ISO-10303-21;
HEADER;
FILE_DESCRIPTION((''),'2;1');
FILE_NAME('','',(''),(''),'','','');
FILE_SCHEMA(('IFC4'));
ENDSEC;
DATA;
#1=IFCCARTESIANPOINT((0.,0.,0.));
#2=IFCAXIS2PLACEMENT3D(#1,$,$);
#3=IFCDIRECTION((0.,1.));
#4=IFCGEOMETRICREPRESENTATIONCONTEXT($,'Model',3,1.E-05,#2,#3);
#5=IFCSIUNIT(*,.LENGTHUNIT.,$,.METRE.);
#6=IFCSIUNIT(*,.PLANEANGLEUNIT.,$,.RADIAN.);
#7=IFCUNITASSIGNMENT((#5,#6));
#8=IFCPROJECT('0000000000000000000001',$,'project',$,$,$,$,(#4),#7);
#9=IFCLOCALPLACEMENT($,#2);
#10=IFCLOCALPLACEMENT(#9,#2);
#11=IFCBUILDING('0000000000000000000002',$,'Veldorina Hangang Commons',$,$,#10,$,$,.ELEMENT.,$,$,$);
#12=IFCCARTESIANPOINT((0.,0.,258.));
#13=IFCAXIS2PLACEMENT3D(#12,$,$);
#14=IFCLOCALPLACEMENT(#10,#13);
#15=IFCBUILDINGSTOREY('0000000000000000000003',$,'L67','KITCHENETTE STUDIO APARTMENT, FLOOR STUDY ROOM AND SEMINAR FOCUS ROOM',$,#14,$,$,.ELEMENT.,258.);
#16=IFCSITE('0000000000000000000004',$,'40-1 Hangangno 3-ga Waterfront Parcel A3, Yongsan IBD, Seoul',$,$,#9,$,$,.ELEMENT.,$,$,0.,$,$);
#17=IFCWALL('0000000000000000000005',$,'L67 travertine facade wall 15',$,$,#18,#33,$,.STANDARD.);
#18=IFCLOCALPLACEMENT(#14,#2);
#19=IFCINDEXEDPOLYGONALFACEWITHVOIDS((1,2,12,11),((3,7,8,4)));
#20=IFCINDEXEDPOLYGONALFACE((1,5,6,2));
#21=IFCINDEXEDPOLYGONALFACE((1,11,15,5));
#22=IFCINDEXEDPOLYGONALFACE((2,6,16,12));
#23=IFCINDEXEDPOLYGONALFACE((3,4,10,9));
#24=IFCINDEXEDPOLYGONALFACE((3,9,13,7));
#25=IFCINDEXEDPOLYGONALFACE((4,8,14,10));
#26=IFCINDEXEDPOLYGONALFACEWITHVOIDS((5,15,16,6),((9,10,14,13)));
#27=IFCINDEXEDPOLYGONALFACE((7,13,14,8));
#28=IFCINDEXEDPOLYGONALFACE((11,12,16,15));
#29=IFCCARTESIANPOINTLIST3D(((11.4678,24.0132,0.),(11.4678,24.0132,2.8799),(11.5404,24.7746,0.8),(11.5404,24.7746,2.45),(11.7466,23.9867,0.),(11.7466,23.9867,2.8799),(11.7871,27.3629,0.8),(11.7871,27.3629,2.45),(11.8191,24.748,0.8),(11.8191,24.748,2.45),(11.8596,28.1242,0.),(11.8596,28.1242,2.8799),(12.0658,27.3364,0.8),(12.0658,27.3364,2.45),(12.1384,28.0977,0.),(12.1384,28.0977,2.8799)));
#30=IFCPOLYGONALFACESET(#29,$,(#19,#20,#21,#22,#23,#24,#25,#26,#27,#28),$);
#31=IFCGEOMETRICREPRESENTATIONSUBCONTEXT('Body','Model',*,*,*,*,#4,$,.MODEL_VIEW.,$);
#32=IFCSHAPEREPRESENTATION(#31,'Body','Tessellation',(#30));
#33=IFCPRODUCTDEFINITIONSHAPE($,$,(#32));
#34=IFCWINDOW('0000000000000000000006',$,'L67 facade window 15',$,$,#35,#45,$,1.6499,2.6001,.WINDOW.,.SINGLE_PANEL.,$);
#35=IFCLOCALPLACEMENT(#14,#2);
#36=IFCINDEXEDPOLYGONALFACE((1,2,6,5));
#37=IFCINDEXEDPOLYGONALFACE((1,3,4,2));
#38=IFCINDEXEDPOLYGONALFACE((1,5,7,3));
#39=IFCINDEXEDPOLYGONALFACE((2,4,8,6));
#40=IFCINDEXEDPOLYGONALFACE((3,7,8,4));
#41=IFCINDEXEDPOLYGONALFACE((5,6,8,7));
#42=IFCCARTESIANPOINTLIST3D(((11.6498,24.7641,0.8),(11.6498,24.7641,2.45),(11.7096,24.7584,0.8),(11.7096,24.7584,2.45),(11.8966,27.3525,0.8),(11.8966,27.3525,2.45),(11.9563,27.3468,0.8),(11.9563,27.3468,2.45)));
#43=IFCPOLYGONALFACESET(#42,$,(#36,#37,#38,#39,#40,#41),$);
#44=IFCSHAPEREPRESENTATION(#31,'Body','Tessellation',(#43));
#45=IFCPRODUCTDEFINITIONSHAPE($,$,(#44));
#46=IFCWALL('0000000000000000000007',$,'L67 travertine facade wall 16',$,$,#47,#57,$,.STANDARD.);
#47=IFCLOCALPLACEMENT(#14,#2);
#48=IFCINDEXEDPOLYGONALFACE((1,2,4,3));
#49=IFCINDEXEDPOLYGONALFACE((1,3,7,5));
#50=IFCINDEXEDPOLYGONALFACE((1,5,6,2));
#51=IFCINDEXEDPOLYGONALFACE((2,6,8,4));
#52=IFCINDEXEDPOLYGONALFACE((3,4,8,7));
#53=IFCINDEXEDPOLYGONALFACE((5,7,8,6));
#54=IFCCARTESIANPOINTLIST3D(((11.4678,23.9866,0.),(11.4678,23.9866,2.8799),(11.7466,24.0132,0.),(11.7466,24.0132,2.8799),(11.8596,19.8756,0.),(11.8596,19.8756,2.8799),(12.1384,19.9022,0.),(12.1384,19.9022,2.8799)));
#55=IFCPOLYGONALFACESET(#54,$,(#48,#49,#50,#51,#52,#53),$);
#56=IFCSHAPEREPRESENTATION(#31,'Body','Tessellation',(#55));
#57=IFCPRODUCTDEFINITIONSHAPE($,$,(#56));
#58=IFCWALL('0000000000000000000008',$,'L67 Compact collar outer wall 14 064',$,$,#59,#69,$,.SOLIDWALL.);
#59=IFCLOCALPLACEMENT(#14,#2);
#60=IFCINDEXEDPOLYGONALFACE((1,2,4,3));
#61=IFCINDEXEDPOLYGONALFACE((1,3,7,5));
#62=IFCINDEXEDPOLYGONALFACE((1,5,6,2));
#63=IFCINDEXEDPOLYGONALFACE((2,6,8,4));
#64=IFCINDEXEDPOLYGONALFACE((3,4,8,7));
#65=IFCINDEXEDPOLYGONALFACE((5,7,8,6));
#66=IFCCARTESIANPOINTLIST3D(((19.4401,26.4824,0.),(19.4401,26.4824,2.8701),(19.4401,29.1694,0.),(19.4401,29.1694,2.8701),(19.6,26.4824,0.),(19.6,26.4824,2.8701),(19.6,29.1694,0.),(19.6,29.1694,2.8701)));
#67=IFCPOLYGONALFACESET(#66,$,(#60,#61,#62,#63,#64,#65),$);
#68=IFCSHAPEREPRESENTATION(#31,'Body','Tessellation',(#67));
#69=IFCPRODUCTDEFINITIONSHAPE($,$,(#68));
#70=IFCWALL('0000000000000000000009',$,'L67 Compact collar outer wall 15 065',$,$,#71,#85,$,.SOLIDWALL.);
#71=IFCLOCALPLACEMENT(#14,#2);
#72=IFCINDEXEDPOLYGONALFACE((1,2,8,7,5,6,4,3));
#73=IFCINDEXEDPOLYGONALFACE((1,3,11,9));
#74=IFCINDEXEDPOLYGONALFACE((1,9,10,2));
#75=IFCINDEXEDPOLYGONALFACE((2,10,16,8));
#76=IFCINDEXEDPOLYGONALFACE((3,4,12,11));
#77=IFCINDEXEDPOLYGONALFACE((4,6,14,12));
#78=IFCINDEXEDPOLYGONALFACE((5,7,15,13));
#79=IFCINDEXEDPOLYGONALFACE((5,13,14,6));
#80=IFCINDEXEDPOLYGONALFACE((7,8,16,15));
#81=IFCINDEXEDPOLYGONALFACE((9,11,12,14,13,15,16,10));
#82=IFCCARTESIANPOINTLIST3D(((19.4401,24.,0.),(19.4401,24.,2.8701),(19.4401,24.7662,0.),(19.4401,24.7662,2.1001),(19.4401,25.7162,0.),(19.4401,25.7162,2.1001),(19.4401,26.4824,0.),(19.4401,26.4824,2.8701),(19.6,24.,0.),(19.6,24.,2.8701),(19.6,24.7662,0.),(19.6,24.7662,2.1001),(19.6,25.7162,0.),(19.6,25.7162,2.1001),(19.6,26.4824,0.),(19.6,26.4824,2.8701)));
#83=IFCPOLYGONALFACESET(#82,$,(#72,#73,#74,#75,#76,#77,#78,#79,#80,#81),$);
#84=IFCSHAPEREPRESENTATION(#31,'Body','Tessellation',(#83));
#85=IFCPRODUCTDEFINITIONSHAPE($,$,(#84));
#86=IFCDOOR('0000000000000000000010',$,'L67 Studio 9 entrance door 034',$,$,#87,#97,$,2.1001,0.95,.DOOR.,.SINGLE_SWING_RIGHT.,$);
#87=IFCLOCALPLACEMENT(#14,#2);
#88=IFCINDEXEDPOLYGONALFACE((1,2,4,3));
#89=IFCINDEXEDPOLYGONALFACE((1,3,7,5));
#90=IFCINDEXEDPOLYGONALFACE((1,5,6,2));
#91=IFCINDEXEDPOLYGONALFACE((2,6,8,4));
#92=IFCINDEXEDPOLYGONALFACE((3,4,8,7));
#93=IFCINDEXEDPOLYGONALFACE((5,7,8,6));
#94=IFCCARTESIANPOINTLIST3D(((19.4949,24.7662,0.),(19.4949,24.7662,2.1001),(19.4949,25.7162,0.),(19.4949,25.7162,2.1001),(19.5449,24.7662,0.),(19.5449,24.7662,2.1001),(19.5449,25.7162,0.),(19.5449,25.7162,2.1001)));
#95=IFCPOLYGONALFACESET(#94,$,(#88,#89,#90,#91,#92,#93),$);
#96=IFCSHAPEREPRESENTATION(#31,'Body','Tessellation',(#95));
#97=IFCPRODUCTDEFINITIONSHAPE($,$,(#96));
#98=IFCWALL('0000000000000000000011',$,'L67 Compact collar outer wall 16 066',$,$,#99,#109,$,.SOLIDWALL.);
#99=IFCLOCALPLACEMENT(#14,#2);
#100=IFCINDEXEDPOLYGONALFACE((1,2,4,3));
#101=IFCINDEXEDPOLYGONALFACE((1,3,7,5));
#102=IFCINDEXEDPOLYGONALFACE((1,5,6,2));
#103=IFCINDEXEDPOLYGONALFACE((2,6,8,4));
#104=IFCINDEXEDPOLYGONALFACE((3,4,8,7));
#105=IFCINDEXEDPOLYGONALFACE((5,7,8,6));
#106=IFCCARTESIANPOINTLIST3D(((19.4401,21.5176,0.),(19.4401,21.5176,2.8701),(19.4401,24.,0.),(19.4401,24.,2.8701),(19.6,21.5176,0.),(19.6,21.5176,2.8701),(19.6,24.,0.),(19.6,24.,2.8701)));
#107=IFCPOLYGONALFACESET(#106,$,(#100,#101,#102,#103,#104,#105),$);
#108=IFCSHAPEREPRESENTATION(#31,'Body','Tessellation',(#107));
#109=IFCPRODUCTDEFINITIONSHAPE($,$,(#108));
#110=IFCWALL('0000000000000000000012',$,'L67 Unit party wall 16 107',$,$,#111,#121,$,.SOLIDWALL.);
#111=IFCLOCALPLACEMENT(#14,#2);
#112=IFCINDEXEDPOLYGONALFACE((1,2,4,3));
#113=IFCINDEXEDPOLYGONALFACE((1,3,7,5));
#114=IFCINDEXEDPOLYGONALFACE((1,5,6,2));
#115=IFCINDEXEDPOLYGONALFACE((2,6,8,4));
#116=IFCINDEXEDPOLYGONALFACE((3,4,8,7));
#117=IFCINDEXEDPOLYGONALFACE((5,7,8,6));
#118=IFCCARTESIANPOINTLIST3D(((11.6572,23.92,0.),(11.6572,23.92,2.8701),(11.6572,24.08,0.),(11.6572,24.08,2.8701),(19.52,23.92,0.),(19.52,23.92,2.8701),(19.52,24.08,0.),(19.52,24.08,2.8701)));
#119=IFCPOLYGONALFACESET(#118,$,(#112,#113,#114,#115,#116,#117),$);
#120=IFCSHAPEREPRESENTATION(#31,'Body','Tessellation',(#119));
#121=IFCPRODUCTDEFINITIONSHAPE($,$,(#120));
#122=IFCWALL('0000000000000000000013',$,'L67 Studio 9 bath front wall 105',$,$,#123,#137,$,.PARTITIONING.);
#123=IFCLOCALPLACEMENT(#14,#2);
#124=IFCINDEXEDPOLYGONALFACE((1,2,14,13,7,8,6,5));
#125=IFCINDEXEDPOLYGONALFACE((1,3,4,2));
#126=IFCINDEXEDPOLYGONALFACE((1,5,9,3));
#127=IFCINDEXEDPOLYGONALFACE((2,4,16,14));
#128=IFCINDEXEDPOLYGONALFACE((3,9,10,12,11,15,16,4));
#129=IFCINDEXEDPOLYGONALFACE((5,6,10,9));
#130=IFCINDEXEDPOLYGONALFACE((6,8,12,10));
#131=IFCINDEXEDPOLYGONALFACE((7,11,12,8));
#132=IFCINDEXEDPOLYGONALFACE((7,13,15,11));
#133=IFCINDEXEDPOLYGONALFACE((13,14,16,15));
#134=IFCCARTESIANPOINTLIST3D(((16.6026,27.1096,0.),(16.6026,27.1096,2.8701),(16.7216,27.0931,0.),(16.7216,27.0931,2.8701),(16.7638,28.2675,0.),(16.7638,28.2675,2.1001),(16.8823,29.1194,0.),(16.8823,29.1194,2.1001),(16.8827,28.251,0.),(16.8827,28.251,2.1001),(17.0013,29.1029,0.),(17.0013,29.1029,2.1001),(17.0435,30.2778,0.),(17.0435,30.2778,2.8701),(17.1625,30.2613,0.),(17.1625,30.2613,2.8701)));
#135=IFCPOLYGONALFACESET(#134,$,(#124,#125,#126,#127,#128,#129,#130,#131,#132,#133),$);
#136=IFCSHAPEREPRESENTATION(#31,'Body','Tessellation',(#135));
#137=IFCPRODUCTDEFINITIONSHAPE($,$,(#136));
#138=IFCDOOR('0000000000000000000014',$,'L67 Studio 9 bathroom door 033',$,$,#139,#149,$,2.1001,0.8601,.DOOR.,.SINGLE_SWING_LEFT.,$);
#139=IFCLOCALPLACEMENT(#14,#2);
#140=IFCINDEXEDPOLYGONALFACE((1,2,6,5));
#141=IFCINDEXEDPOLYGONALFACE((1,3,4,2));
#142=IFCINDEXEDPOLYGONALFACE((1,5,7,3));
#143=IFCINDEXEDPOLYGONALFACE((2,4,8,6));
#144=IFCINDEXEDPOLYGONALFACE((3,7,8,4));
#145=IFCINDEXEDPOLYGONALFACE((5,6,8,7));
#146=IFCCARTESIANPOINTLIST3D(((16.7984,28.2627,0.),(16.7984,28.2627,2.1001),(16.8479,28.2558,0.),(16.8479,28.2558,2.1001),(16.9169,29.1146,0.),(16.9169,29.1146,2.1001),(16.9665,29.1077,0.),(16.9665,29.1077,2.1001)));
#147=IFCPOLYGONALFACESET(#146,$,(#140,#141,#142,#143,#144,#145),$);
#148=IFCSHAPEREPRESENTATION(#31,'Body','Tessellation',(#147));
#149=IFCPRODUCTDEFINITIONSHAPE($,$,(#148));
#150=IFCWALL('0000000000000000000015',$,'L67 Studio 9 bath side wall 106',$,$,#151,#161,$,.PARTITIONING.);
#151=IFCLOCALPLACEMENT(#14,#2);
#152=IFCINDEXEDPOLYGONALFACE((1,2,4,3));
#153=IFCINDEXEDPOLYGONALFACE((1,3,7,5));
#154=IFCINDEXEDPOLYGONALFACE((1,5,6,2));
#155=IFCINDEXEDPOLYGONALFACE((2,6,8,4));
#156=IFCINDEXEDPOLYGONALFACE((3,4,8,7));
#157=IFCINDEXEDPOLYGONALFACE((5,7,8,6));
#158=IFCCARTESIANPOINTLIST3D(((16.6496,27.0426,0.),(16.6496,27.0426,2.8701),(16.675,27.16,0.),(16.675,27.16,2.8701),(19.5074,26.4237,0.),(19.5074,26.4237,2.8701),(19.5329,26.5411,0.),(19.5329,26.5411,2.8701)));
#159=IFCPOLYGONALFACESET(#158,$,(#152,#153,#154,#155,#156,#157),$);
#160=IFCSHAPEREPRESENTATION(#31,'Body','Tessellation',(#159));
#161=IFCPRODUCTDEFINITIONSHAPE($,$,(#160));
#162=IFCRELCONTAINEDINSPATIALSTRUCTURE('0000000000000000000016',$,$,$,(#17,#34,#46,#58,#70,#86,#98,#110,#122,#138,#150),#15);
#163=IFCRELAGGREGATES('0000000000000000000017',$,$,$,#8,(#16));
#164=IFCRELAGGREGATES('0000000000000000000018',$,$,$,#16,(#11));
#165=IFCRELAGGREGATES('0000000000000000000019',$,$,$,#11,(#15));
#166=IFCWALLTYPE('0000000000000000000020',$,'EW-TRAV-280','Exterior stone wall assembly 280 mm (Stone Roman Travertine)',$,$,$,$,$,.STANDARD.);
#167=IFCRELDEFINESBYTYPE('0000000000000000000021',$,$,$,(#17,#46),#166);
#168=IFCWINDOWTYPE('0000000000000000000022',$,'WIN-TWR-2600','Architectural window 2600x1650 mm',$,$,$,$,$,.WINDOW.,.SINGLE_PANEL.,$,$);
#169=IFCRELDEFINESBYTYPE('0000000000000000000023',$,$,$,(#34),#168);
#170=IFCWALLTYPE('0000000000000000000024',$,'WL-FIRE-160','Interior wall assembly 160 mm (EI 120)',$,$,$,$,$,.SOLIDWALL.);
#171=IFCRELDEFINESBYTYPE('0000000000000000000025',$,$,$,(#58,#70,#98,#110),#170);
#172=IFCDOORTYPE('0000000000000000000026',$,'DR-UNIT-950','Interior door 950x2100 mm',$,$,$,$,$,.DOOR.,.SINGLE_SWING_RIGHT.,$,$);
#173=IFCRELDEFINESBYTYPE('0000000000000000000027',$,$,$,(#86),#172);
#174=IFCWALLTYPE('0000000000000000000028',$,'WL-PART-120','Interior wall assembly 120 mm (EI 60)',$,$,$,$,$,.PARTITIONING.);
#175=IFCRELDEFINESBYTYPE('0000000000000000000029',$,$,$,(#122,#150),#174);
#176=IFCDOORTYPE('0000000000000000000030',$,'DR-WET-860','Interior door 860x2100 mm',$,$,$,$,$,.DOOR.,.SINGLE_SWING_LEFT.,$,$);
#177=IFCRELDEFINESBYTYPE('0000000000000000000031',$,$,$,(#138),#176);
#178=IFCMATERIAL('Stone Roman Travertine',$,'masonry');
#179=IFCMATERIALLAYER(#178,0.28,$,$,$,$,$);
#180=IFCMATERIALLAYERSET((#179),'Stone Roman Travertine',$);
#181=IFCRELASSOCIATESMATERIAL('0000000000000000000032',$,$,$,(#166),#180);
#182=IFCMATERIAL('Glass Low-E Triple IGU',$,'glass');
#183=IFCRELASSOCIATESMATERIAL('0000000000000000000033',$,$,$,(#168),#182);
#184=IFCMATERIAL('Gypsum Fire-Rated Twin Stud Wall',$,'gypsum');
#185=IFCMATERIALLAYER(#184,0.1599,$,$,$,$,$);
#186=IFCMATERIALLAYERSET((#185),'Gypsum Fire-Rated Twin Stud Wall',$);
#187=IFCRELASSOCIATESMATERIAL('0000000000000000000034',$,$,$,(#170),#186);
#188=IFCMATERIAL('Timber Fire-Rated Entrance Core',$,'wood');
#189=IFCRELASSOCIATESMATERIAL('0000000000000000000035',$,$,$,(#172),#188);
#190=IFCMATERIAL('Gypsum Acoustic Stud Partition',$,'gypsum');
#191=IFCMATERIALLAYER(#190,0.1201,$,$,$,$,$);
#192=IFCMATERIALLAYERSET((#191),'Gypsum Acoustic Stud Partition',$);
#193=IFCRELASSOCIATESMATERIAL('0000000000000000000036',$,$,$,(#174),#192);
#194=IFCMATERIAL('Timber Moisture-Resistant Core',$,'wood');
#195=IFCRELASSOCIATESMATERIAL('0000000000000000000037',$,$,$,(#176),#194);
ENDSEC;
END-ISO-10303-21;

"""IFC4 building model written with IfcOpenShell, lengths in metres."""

from ifc_helpers import new_model, si_unit, direction, frame, frame_2d, origin, place, context, subcontext, project, spatial, rectangle, extrude, material, layer, layer_set, type_object, element, fill, save


model = new_model("IFC4")

# Units and contexts
model_context = context("Model", 3, precision=1e-05, world=origin(), true_north=direction((0.0, 1.0)))
body_context = subcontext(model_context, "Body", "Model", "MODEL_VIEW")
ifc_project = project(units=[si_unit("LENGTHUNIT", "METRE"), si_unit("PLANEANGLEUNIT", "RADIAN")], contexts=[model_context])

# Site, building, storey
site_placement = place(None, origin())
site = spatial("IfcSite", under=ifc_project, at=site_placement, Name="40-1 Hangangno 3-ga Waterfront Parcel A3, Yongsan IBD, Seoul", CompositionType="ELEMENT", RefElevation=0.0)
building_placement = place(site_placement, origin())
building = spatial("IfcBuilding", under=site, at=building_placement, Name="Veldorina Hangang Commons", CompositionType="ELEMENT")
storey_placement = place(building_placement, frame((0.0, 0.0, 258.0)))
storey = spatial("IfcBuildingStorey", under=building, at=storey_placement, Name="L67", Description="KITCHENETTE STUDIO APARTMENT, FLOOR STUDY ROOM AND SEMINAR FOCUS ROOM", CompositionType="ELEMENT", Elevation=258.0)

# Shared definitions
ifc_material_1 = material(Name="Stone Roman Travertine", Category="masonry")
ifc_layer_1 = layer(ifc_material_1, 0.28)
ifc_layer_set_1 = layer_set([ifc_layer_1], Name="Stone Roman Travertine")
wall_type_1 = type_object("IfcWallType", Name="EW-TRAV-280", Description="Exterior stone wall assembly 280 mm (Stone Roman Travertine)", PredefinedType="STANDARD", material=ifc_layer_set_1)

# Wall, opening, window
wall_1_placement = place(storey_placement, frame((11.999, 28.1111, 0.0), z_axis=(0.0, 0.0, 1.0), x_axis=(-0.094884, -0.995488, 0.0)))
wall_1 = element("IfcWall", 1, at=wall_1_placement, inside=storey, type_object=wall_type_1, Name="L67 travertine facade wall 15", PredefinedType="STANDARD", context=body_context, shape_type="SweptSolid", body=[
    extrude(rectangle(XDim=4.1296, YDim=0.28, at=frame_2d((2.0649, 0.0))), origin(), (0.0, 0.0, 1.0), 2.8799),
])
opening_1_placement = place(wall_1_placement, frame((0.7649, 0.0, 0.8)))
opening_1 = element("IfcOpeningElement", 2, at=opening_1_placement, cuts=wall_1, PredefinedType="OPENING", context=body_context, shape_type="SweptSolid", body=[
    extrude(rectangle(XDim=2.6001, YDim=1.6499, at=frame_2d((1.3, 0.825))), frame((0.0, 0.1499, 0.0), z_axis=(0.0, -1.0, 0.0), x_axis=(1.0, 0.0, 0.0)), (0.0, 0.0, 1.0), 0.3),
])
ifc_material_2 = material(Name="Glass Low-E Triple IGU", Category="glass")
window_type = type_object("IfcWindowType", Name="WIN-TWR-2600", Description="Architectural window 2600x1650 mm", PartitioningType="SINGLE_PANEL", PredefinedType="WINDOW", material=ifc_material_2)
window_placement = place(opening_1_placement, origin())
window = element("IfcWindow", 3, at=window_placement, inside=storey, type_object=window_type, Name="L67 facade window 15", OverallHeight=1.6499, OverallWidth=2.6001, PartitioningType="SINGLE_PANEL", PredefinedType="WINDOW", context=body_context, shape_type="SweptSolid", body=[
    extrude(rectangle(XDim=2.6001, YDim=1.6499, at=frame_2d((1.3, 0.825))), frame((0.0, 0.03, 0.0), z_axis=(0.0, -1.0, 0.0), x_axis=(1.0, 0.0, 0.0)), (0.0, 0.0, 1.0), 0.0601),
])
fill(opening_1, window)

# Walls
wall_2_placement = place(storey_placement, frame((11.6072, 24.0, 0.0), z_axis=(0.0, 0.0, 1.0), x_axis=(0.094884, -0.995488, 0.0)))
element("IfcWall", 4, at=wall_2_placement, inside=storey, type_object=wall_type_1, Name="L67 travertine facade wall 16", PredefinedType="STANDARD", context=body_context, shape_type="SweptSolid", body=[
    extrude(rectangle(XDim=4.1296, YDim=0.28, at=frame_2d((2.0649, 0.0))), origin(), (0.0, 0.0, 1.0), 2.8799),
])
ifc_material_3 = material(Name="Gypsum Fire-Rated Twin Stud Wall", Category="gypsum")
ifc_layer_2 = layer(ifc_material_3, 0.1599)
ifc_layer_set_2 = layer_set([ifc_layer_2], Name="Gypsum Fire-Rated Twin Stud Wall")
wall_type_2 = type_object("IfcWallType", Name="WL-FIRE-160", Description="Interior wall assembly 160 mm (EI 120)", PredefinedType="SOLIDWALL", material=ifc_layer_set_2)
wall_3_placement = place(storey_placement, frame((19.52, 29.1694, 0.0), z_axis=(0.0, 0.0, 1.0), x_axis=(0.0, -1.0, 0.0)))
element("IfcWall", 5, at=wall_3_placement, inside=storey, type_object=wall_type_2, Name="L67 Compact collar outer wall 14 064", PredefinedType="SOLIDWALL", context=body_context, shape_type="SweptSolid", body=[
    extrude(rectangle(XDim=2.687, YDim=0.1599, at=frame_2d((1.3435, 0.0))), origin(), (0.0, 0.0, 1.0), 2.8701),
])

# Wall, opening, door
wall_4_placement = place(storey_placement, frame((19.52, 26.4824, 0.0), z_axis=(0.0, 0.0, 1.0), x_axis=(0.0, -1.0, 0.0)))
wall_4 = element("IfcWall", 6, at=wall_4_placement, inside=storey, type_object=wall_type_2, Name="L67 Compact collar outer wall 15 065", PredefinedType="SOLIDWALL", context=body_context, shape_type="SweptSolid", body=[
    extrude(rectangle(XDim=2.4824, YDim=0.1599, at=frame_2d((1.2412, 0.0))), origin(), (0.0, 0.0, 1.0), 2.8701),
])
opening_2_placement = place(wall_4_placement, frame((0.7661, 0.0, 0.0)))
opening_2 = element("IfcOpeningElement", 7, at=opening_2_placement, cuts=wall_4, PredefinedType="OPENING", context=body_context, shape_type="SweptSolid", body=[
    extrude(rectangle(XDim=0.95, YDim=2.1001, at=frame_2d((0.4751, 1.05))), frame((0.0, 0.0898, 0.0), z_axis=(0.0, -1.0, 0.0), x_axis=(1.0, 0.0, 0.0)), (0.0, 0.0, 1.0), 0.1799),
])
ifc_material_4 = material(Name="Timber Fire-Rated Entrance Core", Category="wood")
door_type_1 = type_object("IfcDoorType", Name="DR-UNIT-950", Description="Interior door 950x2100 mm", OperationType="SINGLE_SWING_RIGHT", PredefinedType="DOOR", material=ifc_material_4)
door_1_placement = place(opening_2_placement, origin())
door_1 = element("IfcDoor", 8, at=door_1_placement, inside=storey, type_object=door_type_1, Name="L67 Studio 9 entrance door 034", OperationType="SINGLE_SWING_RIGHT", OverallHeight=2.1001, OverallWidth=0.95, PredefinedType="DOOR", context=body_context, shape_type="SweptSolid", body=[
    extrude(rectangle(XDim=0.95, YDim=2.1001, at=frame_2d((0.4751, 1.05))), frame((0.0, 0.0249, 0.0), z_axis=(0.0, -1.0, 0.0), x_axis=(1.0, 0.0, 0.0)), (0.0, 0.0, 1.0), 0.05),
])
fill(opening_2, door_1)

# Walls
wall_5_placement = place(storey_placement, frame((19.52, 24.0, 0.0), z_axis=(0.0, 0.0, 1.0), x_axis=(0.0, -1.0, 0.0)))
element("IfcWall", 9, at=wall_5_placement, inside=storey, type_object=wall_type_2, Name="L67 Compact collar outer wall 16 066", PredefinedType="SOLIDWALL", context=body_context, shape_type="SweptSolid", body=[
    extrude(rectangle(XDim=2.4824, YDim=0.1599, at=frame_2d((1.2412, 0.0))), origin(), (0.0, 0.0, 1.0), 2.8701),
])
wall_6_placement = place(storey_placement, frame((19.52, 24.0, 0.0), z_axis=(0.0, 0.0, 1.0), x_axis=(-1.0, 0.0, 0.0)))
element("IfcWall", 10, at=wall_6_placement, inside=storey, type_object=wall_type_2, Name="L67 Unit party wall 16 107", PredefinedType="SOLIDWALL", context=body_context, shape_type="SweptSolid", body=[
    extrude(rectangle(XDim=7.8628, YDim=0.1599, at=frame_2d((3.9314, 0.0))), origin(), (0.0, 0.0, 1.0), 2.8701),
])

# Wall, opening, door
ifc_material_5 = material(Name="Gypsum Acoustic Stud Partition", Category="gypsum")
ifc_layer_3 = layer(ifc_material_5, 0.1201)
ifc_layer_set_3 = layer_set([ifc_layer_3], Name="Gypsum Acoustic Stud Partition")
wall_type_3 = type_object("IfcWallType", Name="WL-PART-120", Description="Interior wall assembly 120 mm (EI 60)", PredefinedType="PARTITIONING", material=ifc_layer_set_3)
wall_7_placement = place(storey_placement, frame((17.103, 30.2695, 0.0), z_axis=(0.0, 0.0, 1.0), x_axis=(-0.137841, -0.990454, 0.0)))
wall_7 = element("IfcWall", 11, at=wall_7_placement, inside=storey, type_object=wall_type_3, Name="L67 Studio 9 bath front wall 105", PredefinedType="PARTITIONING", context=body_context, shape_type="SweptSolid", body=[
    extrude(rectangle(XDim=3.1987, YDim=0.1201, at=frame_2d((1.5994, 0.0))), origin(), (0.0, 0.0, 1.0), 2.8701),
])
opening_3_placement = place(wall_7_placement, frame((1.1694, 0.0, 0.0)))
opening_3 = element("IfcOpeningElement", 12, at=opening_3_placement, cuts=wall_7, PredefinedType="OPENING", context=body_context, shape_type="SweptSolid", body=[
    extrude(rectangle(XDim=0.8601, YDim=2.1001, at=frame_2d((0.4302, 1.05))), frame((0.0, 0.0701, 0.0), z_axis=(0.0, -1.0, 0.0), x_axis=(1.0, 0.0, 0.0)), (0.0, 0.0, 1.0), 0.1401),
])
ifc_material_6 = material(Name="Timber Moisture-Resistant Core", Category="wood")
door_type_2 = type_object("IfcDoorType", Name="DR-WET-860", Description="Interior door 860x2100 mm", OperationType="SINGLE_SWING_LEFT", PredefinedType="DOOR", material=ifc_material_6)
door_2_placement = place(opening_3_placement, origin())
door_2 = element("IfcDoor", 13, at=door_2_placement, inside=storey, type_object=door_type_2, Name="L67 Studio 9 bathroom door 033", OperationType="SINGLE_SWING_LEFT", OverallHeight=2.1001, OverallWidth=0.8601, PredefinedType="DOOR", context=body_context, shape_type="SweptSolid", body=[
    extrude(rectangle(XDim=0.8601, YDim=2.1001, at=frame_2d((0.4302, 1.05))), frame((0.0, 0.0249, 0.0), z_axis=(0.0, -1.0, 0.0), x_axis=(1.0, 0.0, 0.0)), (0.0, 0.0, 1.0), 0.05),
])
fill(opening_3, door_2)

# Wall
wall_8_placement = place(storey_placement, frame((19.52, 26.4824, 0.0), z_axis=(0.0, 0.0, 1.0), x_axis=(-0.977346, 0.21165, 0.0)))
element("IfcWall", 14, at=wall_8_placement, inside=storey, type_object=wall_type_3, Name="L67 Studio 9 bath side wall 106", PredefinedType="PARTITIONING", context=body_context, shape_type="SweptSolid", body=[
    extrude(rectangle(XDim=2.9241, YDim=0.1201, at=frame_2d((1.4619, 0.0))), origin(), (0.0, 0.0, 1.0), 2.8701),
])

save(model, "model.ifc")
